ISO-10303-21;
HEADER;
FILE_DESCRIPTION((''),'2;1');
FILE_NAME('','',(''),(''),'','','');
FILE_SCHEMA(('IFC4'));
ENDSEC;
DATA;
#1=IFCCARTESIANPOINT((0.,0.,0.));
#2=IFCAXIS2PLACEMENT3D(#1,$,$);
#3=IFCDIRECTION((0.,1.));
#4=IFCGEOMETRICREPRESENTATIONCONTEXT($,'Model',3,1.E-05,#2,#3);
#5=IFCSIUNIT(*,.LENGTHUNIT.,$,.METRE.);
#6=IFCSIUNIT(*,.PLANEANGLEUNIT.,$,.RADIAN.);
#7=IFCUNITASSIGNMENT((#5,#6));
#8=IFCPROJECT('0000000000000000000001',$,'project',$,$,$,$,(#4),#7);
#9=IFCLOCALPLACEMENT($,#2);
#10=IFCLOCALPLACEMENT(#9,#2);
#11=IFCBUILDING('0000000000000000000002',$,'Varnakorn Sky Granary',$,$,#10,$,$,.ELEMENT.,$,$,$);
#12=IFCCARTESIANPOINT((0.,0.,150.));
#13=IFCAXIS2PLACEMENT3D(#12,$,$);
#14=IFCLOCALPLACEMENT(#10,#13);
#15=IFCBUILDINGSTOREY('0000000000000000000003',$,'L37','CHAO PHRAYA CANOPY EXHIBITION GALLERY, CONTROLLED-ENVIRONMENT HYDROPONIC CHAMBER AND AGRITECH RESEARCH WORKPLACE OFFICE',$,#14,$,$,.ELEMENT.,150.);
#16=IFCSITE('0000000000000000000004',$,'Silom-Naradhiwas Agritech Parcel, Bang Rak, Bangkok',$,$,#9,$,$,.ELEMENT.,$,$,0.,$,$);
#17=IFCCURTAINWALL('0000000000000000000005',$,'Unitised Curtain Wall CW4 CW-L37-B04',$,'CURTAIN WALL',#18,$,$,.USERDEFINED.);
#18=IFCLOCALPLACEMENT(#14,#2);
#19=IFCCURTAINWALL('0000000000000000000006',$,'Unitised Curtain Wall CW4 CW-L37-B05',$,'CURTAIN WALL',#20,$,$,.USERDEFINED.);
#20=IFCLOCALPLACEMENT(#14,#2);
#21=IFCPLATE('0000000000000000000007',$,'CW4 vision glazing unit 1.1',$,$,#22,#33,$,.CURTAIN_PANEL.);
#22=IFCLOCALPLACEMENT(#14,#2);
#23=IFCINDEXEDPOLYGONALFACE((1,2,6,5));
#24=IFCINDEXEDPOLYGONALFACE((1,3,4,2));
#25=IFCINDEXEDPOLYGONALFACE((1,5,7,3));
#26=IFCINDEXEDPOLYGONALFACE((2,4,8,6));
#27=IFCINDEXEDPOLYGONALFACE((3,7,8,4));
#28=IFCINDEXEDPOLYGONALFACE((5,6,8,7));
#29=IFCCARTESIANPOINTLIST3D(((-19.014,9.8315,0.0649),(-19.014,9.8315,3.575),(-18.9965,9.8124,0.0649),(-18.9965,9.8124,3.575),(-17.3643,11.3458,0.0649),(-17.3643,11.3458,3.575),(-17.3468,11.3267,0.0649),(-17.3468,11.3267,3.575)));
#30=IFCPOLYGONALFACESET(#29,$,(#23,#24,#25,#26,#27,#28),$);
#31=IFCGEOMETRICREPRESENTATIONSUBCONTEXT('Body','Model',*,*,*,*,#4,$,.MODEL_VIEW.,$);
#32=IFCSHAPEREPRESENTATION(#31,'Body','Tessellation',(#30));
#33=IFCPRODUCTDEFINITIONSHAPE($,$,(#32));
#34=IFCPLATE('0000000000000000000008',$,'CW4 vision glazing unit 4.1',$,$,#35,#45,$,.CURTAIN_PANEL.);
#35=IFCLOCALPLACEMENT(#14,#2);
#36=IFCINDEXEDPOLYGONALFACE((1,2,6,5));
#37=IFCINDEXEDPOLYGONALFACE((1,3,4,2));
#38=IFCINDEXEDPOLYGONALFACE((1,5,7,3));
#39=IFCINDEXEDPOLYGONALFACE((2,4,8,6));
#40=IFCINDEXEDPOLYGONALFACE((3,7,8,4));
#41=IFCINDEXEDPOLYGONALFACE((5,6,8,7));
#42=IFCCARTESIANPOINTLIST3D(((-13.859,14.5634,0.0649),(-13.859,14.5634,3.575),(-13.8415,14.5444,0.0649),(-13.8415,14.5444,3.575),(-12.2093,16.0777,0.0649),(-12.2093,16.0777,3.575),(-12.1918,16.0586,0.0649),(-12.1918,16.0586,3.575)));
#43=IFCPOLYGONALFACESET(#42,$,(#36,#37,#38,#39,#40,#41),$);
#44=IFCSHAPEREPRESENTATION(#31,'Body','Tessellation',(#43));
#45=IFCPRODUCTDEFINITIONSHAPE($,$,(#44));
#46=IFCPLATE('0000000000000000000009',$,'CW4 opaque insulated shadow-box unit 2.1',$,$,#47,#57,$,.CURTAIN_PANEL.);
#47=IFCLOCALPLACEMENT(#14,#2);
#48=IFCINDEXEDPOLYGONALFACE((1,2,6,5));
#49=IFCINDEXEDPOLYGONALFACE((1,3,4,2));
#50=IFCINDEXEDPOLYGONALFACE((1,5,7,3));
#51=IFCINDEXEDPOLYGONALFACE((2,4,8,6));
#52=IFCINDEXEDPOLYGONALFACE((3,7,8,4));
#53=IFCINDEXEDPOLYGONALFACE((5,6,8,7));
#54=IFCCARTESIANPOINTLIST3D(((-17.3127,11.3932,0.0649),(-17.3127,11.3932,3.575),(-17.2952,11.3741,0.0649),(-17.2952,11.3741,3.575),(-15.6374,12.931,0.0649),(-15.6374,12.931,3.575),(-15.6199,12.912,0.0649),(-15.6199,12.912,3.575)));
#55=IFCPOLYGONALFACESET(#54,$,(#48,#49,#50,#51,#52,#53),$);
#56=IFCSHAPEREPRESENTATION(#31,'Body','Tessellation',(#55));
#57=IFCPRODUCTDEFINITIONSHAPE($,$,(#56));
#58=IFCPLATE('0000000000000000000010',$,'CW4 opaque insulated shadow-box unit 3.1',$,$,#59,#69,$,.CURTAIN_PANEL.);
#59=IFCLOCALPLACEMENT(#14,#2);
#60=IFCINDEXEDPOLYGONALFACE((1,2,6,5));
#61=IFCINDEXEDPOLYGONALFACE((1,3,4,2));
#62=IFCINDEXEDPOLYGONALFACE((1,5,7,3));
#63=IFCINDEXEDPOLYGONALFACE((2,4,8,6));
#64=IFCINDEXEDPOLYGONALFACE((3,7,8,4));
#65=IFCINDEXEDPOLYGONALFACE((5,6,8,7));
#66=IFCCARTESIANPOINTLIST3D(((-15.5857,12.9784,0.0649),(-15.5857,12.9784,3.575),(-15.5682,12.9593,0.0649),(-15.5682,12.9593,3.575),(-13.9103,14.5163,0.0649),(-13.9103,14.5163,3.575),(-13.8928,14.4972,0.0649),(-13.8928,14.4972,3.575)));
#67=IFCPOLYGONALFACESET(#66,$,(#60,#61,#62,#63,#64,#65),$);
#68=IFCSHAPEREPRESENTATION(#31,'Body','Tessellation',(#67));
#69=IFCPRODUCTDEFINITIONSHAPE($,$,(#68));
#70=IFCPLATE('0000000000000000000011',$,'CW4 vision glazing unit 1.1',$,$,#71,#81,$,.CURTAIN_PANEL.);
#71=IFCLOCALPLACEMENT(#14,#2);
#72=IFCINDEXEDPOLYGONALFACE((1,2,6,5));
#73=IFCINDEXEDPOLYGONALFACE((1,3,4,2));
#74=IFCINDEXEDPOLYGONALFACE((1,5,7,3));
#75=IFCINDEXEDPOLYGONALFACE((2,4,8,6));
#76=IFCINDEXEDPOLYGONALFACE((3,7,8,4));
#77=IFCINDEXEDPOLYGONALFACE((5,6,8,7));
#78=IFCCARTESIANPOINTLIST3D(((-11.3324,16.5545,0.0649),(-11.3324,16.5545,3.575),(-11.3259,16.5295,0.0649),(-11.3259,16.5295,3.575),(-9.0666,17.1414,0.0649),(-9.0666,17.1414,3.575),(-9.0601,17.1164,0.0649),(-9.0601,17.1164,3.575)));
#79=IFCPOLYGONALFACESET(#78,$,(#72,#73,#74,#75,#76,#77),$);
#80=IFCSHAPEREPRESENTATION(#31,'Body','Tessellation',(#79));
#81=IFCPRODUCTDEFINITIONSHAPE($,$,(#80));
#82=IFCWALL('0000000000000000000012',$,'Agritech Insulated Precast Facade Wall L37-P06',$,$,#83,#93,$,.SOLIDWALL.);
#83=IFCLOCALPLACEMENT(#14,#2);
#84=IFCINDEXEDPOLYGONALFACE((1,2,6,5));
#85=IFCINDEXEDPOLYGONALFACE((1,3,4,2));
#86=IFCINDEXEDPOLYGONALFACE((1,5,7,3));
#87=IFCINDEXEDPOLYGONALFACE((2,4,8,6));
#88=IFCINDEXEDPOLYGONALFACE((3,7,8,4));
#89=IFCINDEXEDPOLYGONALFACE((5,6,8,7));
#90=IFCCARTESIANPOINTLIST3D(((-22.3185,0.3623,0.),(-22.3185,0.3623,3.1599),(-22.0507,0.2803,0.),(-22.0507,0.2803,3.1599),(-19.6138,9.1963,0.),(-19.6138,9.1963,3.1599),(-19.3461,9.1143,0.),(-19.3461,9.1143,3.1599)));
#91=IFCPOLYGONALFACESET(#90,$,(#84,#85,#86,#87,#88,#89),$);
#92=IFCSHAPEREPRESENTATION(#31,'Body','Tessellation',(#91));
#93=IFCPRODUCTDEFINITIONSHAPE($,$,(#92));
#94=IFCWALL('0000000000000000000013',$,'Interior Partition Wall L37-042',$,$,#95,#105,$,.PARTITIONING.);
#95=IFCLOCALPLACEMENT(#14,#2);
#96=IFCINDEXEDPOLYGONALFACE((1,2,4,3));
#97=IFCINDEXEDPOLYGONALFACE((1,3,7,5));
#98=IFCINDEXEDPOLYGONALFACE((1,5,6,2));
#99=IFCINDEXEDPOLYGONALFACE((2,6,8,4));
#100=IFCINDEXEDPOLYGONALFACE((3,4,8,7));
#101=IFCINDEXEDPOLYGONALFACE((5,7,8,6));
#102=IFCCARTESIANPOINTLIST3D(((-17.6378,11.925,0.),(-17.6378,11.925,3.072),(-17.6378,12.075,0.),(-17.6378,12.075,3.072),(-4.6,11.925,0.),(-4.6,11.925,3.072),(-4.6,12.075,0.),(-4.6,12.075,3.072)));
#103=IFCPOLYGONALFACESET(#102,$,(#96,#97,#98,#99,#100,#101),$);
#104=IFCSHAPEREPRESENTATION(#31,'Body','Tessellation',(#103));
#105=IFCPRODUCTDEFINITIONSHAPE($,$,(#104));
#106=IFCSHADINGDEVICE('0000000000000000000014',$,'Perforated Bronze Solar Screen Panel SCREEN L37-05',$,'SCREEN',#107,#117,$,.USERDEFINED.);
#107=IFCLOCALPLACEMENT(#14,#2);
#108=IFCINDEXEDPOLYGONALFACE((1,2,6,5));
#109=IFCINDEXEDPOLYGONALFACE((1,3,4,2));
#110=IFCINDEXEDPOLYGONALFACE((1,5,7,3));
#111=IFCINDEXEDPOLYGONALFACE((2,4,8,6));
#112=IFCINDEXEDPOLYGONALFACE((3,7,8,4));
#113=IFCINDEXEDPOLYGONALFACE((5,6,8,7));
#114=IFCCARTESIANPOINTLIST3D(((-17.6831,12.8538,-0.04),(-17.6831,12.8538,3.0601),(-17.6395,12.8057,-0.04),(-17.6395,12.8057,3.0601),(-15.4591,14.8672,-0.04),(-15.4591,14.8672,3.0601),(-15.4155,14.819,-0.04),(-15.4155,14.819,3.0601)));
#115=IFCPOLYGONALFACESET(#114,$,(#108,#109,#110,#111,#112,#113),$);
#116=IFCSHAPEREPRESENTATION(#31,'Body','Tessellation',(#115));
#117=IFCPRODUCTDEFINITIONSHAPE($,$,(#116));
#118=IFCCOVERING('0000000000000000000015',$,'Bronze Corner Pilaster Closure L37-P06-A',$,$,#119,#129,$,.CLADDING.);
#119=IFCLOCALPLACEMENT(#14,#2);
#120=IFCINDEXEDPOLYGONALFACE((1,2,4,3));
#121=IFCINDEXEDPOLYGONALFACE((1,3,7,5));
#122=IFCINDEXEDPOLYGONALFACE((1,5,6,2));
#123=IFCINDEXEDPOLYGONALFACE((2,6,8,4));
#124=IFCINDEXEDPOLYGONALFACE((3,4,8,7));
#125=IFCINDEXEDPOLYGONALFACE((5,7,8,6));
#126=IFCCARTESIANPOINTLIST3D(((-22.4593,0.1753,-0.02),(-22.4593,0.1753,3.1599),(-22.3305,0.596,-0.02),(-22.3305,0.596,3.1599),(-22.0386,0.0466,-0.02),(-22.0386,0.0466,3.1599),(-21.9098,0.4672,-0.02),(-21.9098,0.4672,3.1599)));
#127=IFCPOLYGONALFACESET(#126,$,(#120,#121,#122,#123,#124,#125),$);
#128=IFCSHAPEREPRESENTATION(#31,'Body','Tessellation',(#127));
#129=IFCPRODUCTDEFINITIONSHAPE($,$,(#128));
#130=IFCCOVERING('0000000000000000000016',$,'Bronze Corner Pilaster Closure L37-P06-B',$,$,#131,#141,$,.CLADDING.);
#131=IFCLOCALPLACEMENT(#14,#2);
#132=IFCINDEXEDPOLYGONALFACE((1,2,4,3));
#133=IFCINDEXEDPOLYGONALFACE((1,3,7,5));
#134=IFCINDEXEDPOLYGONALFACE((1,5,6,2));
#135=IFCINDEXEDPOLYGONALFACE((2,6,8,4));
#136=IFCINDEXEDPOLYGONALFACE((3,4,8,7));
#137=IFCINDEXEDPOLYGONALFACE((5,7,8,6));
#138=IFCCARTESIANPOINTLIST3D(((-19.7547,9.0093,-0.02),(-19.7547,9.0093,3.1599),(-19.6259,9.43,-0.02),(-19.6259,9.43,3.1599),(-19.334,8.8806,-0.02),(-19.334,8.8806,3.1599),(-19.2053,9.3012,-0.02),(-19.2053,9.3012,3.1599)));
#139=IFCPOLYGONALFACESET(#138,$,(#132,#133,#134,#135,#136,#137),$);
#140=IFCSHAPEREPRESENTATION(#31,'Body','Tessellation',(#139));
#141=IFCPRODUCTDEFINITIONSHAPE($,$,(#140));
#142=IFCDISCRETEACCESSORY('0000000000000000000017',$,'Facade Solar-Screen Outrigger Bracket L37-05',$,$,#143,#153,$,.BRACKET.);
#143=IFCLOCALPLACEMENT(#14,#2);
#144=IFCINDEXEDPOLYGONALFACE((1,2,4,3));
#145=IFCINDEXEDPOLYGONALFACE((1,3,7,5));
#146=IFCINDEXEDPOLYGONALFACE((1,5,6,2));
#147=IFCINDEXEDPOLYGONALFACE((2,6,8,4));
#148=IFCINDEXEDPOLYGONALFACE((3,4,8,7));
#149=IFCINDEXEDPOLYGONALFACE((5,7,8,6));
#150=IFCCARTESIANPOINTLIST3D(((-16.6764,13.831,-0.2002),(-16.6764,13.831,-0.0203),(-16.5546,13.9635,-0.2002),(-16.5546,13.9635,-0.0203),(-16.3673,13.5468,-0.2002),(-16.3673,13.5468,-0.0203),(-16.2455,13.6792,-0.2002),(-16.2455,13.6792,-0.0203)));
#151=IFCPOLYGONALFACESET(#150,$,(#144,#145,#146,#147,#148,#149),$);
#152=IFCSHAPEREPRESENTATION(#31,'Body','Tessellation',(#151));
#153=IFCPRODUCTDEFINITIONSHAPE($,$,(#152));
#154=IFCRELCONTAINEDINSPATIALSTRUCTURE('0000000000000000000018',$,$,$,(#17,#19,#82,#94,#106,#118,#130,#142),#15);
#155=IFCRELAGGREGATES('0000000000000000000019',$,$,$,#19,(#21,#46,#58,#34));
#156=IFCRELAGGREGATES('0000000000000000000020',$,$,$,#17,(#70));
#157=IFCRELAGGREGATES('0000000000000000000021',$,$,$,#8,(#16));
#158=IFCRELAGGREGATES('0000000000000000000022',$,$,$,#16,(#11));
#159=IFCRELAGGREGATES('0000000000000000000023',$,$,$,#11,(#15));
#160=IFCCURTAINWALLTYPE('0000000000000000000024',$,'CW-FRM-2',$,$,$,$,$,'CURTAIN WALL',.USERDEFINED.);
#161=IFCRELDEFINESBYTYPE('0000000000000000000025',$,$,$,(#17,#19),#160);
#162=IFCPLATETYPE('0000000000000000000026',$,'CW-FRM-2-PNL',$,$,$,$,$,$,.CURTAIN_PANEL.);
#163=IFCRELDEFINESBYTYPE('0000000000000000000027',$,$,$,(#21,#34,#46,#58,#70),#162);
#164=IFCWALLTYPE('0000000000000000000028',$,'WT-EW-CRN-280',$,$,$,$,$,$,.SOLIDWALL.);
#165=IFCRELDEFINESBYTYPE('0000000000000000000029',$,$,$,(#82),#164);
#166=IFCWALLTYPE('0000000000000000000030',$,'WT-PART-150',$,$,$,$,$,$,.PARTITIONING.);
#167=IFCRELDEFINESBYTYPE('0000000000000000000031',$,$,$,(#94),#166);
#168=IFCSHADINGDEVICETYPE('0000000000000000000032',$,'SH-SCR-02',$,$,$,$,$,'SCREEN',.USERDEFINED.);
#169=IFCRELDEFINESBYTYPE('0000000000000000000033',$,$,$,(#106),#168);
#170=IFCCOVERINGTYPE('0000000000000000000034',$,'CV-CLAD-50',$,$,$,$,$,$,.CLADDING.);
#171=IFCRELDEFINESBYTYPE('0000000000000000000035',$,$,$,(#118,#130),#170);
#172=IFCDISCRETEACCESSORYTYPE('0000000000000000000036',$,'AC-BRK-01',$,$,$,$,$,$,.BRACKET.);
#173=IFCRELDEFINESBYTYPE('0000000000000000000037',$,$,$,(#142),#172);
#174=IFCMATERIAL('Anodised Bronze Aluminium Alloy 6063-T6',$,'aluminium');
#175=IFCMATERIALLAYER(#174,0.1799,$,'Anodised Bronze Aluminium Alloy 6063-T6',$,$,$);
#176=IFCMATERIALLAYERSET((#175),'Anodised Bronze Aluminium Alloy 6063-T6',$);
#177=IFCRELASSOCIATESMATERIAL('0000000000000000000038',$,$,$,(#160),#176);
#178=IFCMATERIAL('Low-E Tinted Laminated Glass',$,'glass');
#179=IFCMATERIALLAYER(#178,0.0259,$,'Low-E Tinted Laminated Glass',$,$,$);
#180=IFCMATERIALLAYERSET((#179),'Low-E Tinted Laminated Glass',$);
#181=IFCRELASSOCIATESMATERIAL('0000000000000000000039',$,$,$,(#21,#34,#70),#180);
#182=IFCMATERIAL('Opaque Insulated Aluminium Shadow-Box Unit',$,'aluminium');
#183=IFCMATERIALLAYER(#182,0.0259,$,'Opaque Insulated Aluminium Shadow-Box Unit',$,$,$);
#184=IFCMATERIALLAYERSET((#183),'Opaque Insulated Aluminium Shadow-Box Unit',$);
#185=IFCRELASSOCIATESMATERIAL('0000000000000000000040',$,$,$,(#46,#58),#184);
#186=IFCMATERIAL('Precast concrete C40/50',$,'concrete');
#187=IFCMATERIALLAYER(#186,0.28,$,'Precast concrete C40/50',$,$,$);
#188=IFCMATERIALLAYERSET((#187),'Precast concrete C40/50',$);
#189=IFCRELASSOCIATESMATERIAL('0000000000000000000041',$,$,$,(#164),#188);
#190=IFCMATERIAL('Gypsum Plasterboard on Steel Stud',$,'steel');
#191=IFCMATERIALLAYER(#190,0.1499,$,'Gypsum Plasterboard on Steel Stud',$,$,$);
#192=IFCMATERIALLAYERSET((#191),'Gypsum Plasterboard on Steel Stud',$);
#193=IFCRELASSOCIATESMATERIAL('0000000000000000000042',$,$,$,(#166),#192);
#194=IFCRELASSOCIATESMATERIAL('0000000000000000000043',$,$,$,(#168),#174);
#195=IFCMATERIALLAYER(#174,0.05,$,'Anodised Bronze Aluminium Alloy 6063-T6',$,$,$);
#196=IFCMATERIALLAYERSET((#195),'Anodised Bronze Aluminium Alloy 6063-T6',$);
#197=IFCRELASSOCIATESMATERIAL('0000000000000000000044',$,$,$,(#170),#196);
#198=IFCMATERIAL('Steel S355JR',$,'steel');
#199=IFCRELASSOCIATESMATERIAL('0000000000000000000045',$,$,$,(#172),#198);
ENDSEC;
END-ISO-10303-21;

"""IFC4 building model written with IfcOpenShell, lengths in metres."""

from ifc_helpers import new_model, si_unit, direction, frame, frame_2d, origin, origin_2d, place, context, subcontext, project, spatial, rectangle, extrude, source, transform, mapped, material, layer, layer_set, type_object, type_shapes, element, aggregate, save


model = new_model("IFC4")

# Units and contexts
model_context = context("Model", 3, precision=1e-05, world=origin(), true_north=direction((0.0, 1.0)))
body_context = subcontext(model_context, "Body", "Model", "MODEL_VIEW")
ifc_project = project(units=[si_unit("LENGTHUNIT", "METRE"), si_unit("PLANEANGLEUNIT", "RADIAN")], contexts=[model_context])

# Site, building, storey
site_placement = place(None, origin())
site = spatial("IfcSite", under=ifc_project, at=site_placement, Name="Silom-Naradhiwas Agritech Parcel, Bang Rak, Bangkok", CompositionType="ELEMENT", RefElevation=0.0)
building_placement = place(site_placement, origin())
building = spatial("IfcBuilding", under=site, at=building_placement, Name="Varnakorn Sky Granary", CompositionType="ELEMENT")
storey_placement = place(building_placement, frame((0.0, 0.0, 150.0)))
storey = spatial("IfcBuildingStorey", under=building, at=storey_placement, Name="L37", Description="CHAO PHRAYA CANOPY EXHIBITION GALLERY, CONTROLLED-ENVIRONMENT HYDROPONIC CHAMBER AND AGRITECH RESEARCH WORKPLACE OFFICE", CompositionType="ELEMENT", Elevation=150.0)

# Shared definitions
ifc_material_1 = material(Name="Steel S355JR", Category="steel")

# Curtain walls
ifc_material_2 = material(Name="Anodised Bronze Aluminium Alloy 6063-T6", Category="aluminium")
ifc_layer_1 = layer(ifc_material_2, 0.1799, Name="Anodised Bronze Aluminium Alloy 6063-T6")
ifc_layer_set_1 = layer_set([ifc_layer_1], Name="Anodised Bronze Aluminium Alloy 6063-T6")
curtain_wall_type = type_object("IfcCurtainWallType", Name="CW-FRM-2", ElementType="CURTAIN WALL", PredefinedType="USERDEFINED", material=ifc_layer_set_1)
curtain_wall_1_placement = place(storey_placement, origin())
curtain_wall_1 = element("IfcCurtainWall", 1, at=curtain_wall_1_placement, inside=storey, type_object=curtain_wall_type, Name="Unitised Curtain Wall CW4 CW-L37-B04", ObjectType="CURTAIN WALL", PredefinedType="USERDEFINED")
curtain_wall_2_placement = place(storey_placement, origin())
curtain_wall_2 = element("IfcCurtainWall", 2, at=curtain_wall_2_placement, inside=storey, type_object=curtain_wall_type, Name="Unitised Curtain Wall CW4 CW-L37-B05", ObjectType="CURTAIN WALL", PredefinedType="USERDEFINED")

# Plates
ifc_material_3 = material(Name="Low-E Tinted Laminated Glass", Category="glass")
ifc_layer_2 = layer(ifc_material_3, 0.0259, Name="Low-E Tinted Laminated Glass")
ifc_layer_set_2 = layer_set([ifc_layer_2], Name="Low-E Tinted Laminated Glass")
plate_type = type_object("IfcPlateType", Name="CW-FRM-2-PNL", PredefinedType="CURTAIN_PANEL")
shared_shape_1 = source(origin(), body_context, "Body", "SweptSolid", [
    extrude(rectangle(XDim=2.2393, YDim=0.0259, at=origin_2d()), origin(), (0.0, 0.0, 1.0), 3.51),
])
plate_1_placement = place(storey_placement, frame((-18.1804, 10.5791, 0.0649), z_axis=(0.0, 0.0, 1.0), x_axis=(0.736694, 0.676226, 0.0)))
plate_1 = element("IfcPlate", 3, at=plate_1_placement, type_object=plate_type, material=ifc_layer_set_2, Name="CW4 vision glazing unit 1.1", PredefinedType="CURTAIN_PANEL", context=body_context, shape_type="MappedRepresentation", body=[
    mapped(shared_shape_1, transform((0.0, 0.0, 0.0), x_axis=(1.0, 0.0, 0.0), y_axis=(0.0, 1.0, 0.0), z_axis=(0.0, 0.0, 1.0), scale=1.0)),
])
plate_2_placement = place(storey_placement, frame((-13.0254, 15.311, 0.0649), z_axis=(0.0, 0.0, 1.0), x_axis=(0.736694, 0.676226, 0.0)))
plate_2 = element("IfcPlate", 4, at=plate_2_placement, type_object=plate_type, material=ifc_layer_set_2, Name="CW4 vision glazing unit 4.1", PredefinedType="CURTAIN_PANEL", context=body_context, shape_type="MappedRepresentation", body=[
    mapped(shared_shape_1, transform((0.0, 0.0, 0.0), x_axis=(1.0, 0.0, 0.0), y_axis=(0.0, 1.0, 0.0), z_axis=(0.0, 0.0, 1.0), scale=1.0)),
])
ifc_material_4 = material(Name="Opaque Insulated Aluminium Shadow-Box Unit", Category="aluminium")
ifc_layer_3 = layer(ifc_material_4, 0.0259, Name="Opaque Insulated Aluminium Shadow-Box Unit")
ifc_layer_set_3 = layer_set([ifc_layer_3], Name="Opaque Insulated Aluminium Shadow-Box Unit")
shared_shape_2 = source(origin(), body_context, "Body", "SweptSolid", [
    extrude(rectangle(XDim=2.2742, YDim=0.0259, at=origin_2d()), origin(), (0.0, 0.0, 1.0), 3.51),
])
plate_3_placement = place(storey_placement, frame((-16.4663, 12.1526, 0.0649), z_axis=(0.0, 0.0, 1.0), x_axis=(0.736694, 0.676226, 0.0)))
plate_3 = element("IfcPlate", 5, at=plate_3_placement, type_object=plate_type, material=ifc_layer_set_3, Name="CW4 opaque insulated shadow-box unit 2.1", PredefinedType="CURTAIN_PANEL", context=body_context, shape_type="MappedRepresentation", body=[
    mapped(shared_shape_2, transform((0.0, 0.0, 0.0), x_axis=(1.0, 0.0, 0.0), y_axis=(0.0, 1.0, 0.0), z_axis=(0.0, 0.0, 1.0), scale=1.0)),
])
plate_4_placement = place(storey_placement, frame((-14.7393, 13.7378, 0.0649), z_axis=(0.0, 0.0, 1.0), x_axis=(0.736694, 0.676226, 0.0)))
plate_4 = element("IfcPlate", 6, at=plate_4_placement, type_object=plate_type, material=ifc_layer_set_3, Name="CW4 opaque insulated shadow-box unit 3.1", PredefinedType="CURTAIN_PANEL", context=body_context, shape_type="MappedRepresentation", body=[
    mapped(shared_shape_2, transform((0.0, 0.0, 0.0), x_axis=(1.0, 0.0, 0.0), y_axis=(0.0, 1.0, 0.0), z_axis=(0.0, 0.0, 1.0), scale=1.0)),
])
aggregate(curtain_wall_2, [plate_1, plate_3, plate_4, plate_2])
shared_shape_3 = source(origin(), body_context, "Body", "SweptSolid", [
    extrude(rectangle(XDim=2.3406, YDim=0.0259, at=origin_2d()), origin(), (0.0, 0.0, 1.0), 3.51),
])
type_shapes(plate_type, [shared_shape_1, shared_shape_2, shared_shape_3])
plate_5_placement = place(storey_placement, frame((-10.1963, 16.8354, 0.0649), z_axis=(0.0, 0.0, 1.0), x_axis=(0.968052, 0.250748, 0.0)))
plate_5 = element("IfcPlate", 7, at=plate_5_placement, type_object=plate_type, material=ifc_layer_set_2, Name="CW4 vision glazing unit 1.1", PredefinedType="CURTAIN_PANEL", context=body_context, shape_type="MappedRepresentation", body=[
    mapped(shared_shape_3, transform((0.0, 0.0, 0.0), x_axis=(1.0, 0.0, 0.0), y_axis=(0.0, 1.0, 0.0), z_axis=(0.0, 0.0, 1.0), scale=1.0)),
])
aggregate(curtain_wall_1, [plate_5])

# Walls
ifc_material_5 = material(Name="Precast concrete C40/50", Category="concrete")
ifc_layer_4 = layer(ifc_material_5, 0.28, Name="Precast concrete C40/50")
ifc_layer_set_4 = layer_set([ifc_layer_4], Name="Precast concrete C40/50")
wall_type_1 = type_object("IfcWallType", Name="WT-EW-CRN-280", PredefinedType="SOLIDWALL", material=ifc_layer_set_4)
wall_1_placement = place(storey_placement, frame((-22.1846, 0.3213, 0.0), z_axis=(0.0, 0.0, 1.0), x_axis=(0.292745, 0.956191, 0.0)))
element("IfcWall", 8, at=wall_1_placement, inside=storey, type_object=wall_type_1, Name="Agritech Insulated Precast Facade Wall L37-P06", PredefinedType="SOLIDWALL", context=body_context, shape_type="SweptSolid", body=[
    extrude(rectangle(XDim=9.2388, YDim=0.28, at=frame_2d((4.6194, 0.0))), origin(), (0.0, 0.0, 1.0), 3.1599),
])
ifc_material_6 = material(Name="Gypsum Plasterboard on Steel Stud", Category="steel")
ifc_layer_5 = layer(ifc_material_6, 0.1499, Name="Gypsum Plasterboard on Steel Stud")
ifc_layer_set_5 = layer_set([ifc_layer_5], Name="Gypsum Plasterboard on Steel Stud")
wall_type_2 = type_object("IfcWallType", Name="WT-PART-150", PredefinedType="PARTITIONING", material=ifc_layer_set_5)
wall_2_placement = place(storey_placement, frame((-17.6379, 12.0, 0.0), z_axis=(0.0, 0.0, 1.0), x_axis=(1.0, 0.0, 0.0)))
element("IfcWall", 9, at=wall_2_placement, inside=storey, type_object=wall_type_2, Name="Interior Partition Wall L37-042", PredefinedType="PARTITIONING", context=body_context, shape_type="SweptSolid", body=[
    extrude(rectangle(XDim=13.0378, YDim=0.1499, at=frame_2d((6.519, 0.0))), origin(), (0.0, 0.0, 1.0), 3.072),
])

# Shading device
shading_device_type = type_object("IfcShadingDeviceType", Name="SH-SCR-02", ElementType="SCREEN", PredefinedType="USERDEFINED", material=ifc_material_2)
shared_shape_4 = source(origin(), body_context, "Body", "SweptSolid", [
    extrude(rectangle(XDim=3.0, YDim=0.0649, at=origin_2d()), origin(), (0.0, 0.0, 1.0), 3.1001),
])
type_shapes(shading_device_type, [shared_shape_4])
shading_device_placement = place(storey_placement, frame((-16.5493, 13.8364, -0.04), z_axis=(0.0, 0.0, 1.0), x_axis=(-0.74134, -0.671129, 0.0)))
element("IfcShadingDevice", 10, at=shading_device_placement, inside=storey, type_object=shading_device_type, Name="Perforated Bronze Solar Screen Panel SCREEN L37-05", ObjectType="SCREEN", PredefinedType="USERDEFINED", context=body_context, shape_type="MappedRepresentation", body=[
    mapped(shared_shape_4, transform((0.0, 0.0, 0.0), x_axis=(1.0, 0.0, 0.0), y_axis=(0.0, 1.0, 0.0), z_axis=(0.0, 0.0, 1.0), scale=1.0)),
])

# Coverings
ifc_layer_6 = layer(ifc_material_2, 0.05, Name="Anodised Bronze Aluminium Alloy 6063-T6")
ifc_layer_set_6 = layer_set([ifc_layer_6], Name="Anodised Bronze Aluminium Alloy 6063-T6")
covering_type = type_object("IfcCoveringType", Name="CV-CLAD-50", PredefinedType="CLADDING", material=ifc_layer_set_6)
shared_shape_5 = source(origin(), body_context, "Body", "SweptSolid", [
    extrude(rectangle(XDim=0.4399, YDim=0.4399, at=origin_2d()), origin(), (0.0, 0.0, 1.0), 3.1799),
])
type_shapes(covering_type, [shared_shape_5])
for number, where, z_axis, x_axis, name in (
    (11, (-22.1846, 0.3213, -0.02), (0.0, 0.0, 1.0), (0.292706, 0.956203, 0.0), "Bronze Corner Pilaster Closure L37-P06-A"),
    (12, (-19.48, 9.1553, -0.02), (0.0, 0.0, 1.0), (0.292706, 0.956203, 0.0), "Bronze Corner Pilaster Closure L37-P06-B"),
):
    element("IfcCovering", number, at=place(storey_placement, frame(where, z_axis=z_axis, x_axis=x_axis)), inside=storey, type_object=covering_type, Name=name, PredefinedType="CLADDING", context=body_context, shape_type="MappedRepresentation", body=[
        mapped(shared_shape_5, transform((0.0, 0.0, 0.0), x_axis=(1.0, 0.0, 0.0), y_axis=(0.0, 1.0, 0.0), z_axis=(0.0, 0.0, 1.0), scale=1.0)),
    ])

# Discrete accessory
discrete_accessory_type = type_object("IfcDiscreteAccessoryType", Name="AC-BRK-01", PredefinedType="BRACKET", material=ifc_material_1)
shared_shape_6 = source(origin(), body_context, "Body", "SweptSolid", [
    extrude(rectangle(XDim=0.1799, YDim=0.4199, at=origin_2d()), origin(), (0.0, 0.0, 1.0), 0.1799),
])
type_shapes(discrete_accessory_type, [shared_shape_6])
discrete_accessory_placement = place(storey_placement, frame((-16.4609, 13.7551, -0.2002), z_axis=(0.0, 0.0, 1.0), x_axis=(-0.676821, -0.736148, 0.0)))
element("IfcDiscreteAccessory", 13, at=discrete_accessory_placement, inside=storey, type_object=discrete_accessory_type, Name="Facade Solar-Screen Outrigger Bracket L37-05", PredefinedType="BRACKET", context=body_context, shape_type="MappedRepresentation", body=[
    mapped(shared_shape_6, transform((0.0, 0.0, 0.0), x_axis=(1.0, 0.0, 0.0), y_axis=(0.0, 1.0, 0.0), z_axis=(0.0, 0.0, 1.0), scale=1.0)),
])

save(model, "model.ifc")
